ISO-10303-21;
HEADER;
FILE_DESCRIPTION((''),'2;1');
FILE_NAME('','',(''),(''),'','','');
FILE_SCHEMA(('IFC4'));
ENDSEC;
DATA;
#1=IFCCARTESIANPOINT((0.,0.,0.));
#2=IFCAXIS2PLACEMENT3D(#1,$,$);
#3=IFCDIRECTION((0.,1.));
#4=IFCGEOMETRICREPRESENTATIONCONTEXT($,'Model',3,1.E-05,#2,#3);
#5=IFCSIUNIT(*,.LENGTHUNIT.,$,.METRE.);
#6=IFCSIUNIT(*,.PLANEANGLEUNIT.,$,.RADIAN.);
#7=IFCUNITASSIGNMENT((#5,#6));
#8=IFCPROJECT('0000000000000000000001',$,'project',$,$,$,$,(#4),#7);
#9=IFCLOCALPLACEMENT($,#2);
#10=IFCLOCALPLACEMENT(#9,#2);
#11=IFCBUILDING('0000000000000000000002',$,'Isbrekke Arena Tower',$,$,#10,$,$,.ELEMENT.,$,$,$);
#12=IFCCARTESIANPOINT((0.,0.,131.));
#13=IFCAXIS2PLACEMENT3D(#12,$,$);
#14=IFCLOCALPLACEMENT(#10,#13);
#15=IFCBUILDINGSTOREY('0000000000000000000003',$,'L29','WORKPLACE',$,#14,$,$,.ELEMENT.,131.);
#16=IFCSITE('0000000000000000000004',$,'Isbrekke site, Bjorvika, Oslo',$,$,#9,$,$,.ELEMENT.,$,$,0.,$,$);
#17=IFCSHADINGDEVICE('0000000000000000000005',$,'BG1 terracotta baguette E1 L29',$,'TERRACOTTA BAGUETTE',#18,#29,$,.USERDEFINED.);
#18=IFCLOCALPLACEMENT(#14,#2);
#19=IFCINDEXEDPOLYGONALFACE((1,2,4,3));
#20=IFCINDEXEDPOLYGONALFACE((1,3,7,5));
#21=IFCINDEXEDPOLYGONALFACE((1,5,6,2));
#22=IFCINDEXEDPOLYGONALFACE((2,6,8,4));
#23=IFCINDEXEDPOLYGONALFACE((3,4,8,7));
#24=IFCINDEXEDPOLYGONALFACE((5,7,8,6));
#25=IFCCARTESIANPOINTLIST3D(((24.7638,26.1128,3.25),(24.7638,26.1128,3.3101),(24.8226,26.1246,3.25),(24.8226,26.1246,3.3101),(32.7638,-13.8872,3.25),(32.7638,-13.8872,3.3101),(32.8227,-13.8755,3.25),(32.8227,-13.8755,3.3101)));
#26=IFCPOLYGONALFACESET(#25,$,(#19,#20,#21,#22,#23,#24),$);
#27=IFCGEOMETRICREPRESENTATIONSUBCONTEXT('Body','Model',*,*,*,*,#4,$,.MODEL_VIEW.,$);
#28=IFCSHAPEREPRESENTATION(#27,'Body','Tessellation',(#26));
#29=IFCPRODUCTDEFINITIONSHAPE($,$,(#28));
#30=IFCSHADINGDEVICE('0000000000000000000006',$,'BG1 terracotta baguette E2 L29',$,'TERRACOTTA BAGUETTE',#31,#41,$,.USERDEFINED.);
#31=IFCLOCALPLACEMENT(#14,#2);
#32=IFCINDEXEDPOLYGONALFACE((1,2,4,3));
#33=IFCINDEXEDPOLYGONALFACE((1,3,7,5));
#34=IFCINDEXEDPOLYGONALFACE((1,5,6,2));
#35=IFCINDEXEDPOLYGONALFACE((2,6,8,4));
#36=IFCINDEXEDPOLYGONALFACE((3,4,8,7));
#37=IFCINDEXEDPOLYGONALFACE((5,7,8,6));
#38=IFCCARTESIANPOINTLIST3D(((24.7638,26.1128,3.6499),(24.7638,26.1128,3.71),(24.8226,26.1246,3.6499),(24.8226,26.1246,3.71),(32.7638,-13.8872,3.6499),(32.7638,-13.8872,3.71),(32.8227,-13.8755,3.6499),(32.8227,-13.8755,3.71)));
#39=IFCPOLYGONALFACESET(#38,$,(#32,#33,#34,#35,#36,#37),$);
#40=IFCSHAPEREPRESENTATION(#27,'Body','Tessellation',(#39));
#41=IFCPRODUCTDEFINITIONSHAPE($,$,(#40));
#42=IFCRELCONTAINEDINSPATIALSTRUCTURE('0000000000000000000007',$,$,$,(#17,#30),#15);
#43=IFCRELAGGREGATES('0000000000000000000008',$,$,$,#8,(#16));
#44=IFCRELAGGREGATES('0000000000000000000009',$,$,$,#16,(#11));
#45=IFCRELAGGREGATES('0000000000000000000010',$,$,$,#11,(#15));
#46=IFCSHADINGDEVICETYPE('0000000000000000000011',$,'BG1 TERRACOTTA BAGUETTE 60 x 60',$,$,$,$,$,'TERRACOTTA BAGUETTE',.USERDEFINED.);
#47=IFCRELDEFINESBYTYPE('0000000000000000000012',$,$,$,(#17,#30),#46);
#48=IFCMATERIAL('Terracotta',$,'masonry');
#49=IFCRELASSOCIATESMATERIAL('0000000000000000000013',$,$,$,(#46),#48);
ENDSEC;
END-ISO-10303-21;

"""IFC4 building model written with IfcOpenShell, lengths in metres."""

from ifc_helpers import new_model, si_unit, direction, frame, origin, origin_2d, place, context, subcontext, project, spatial, rectangle, extrude, material, material_profile, profile_set, type_object, element, save


model = new_model("IFC4")

# Units and contexts
model_context = context("Model", 3, precision=1e-05, world=origin(), true_north=direction((0.0, 1.0)))
body_context = subcontext(model_context, "Body", "Model", "MODEL_VIEW")
ifc_project = project(units=[si_unit("LENGTHUNIT", "METRE"), si_unit("PLANEANGLEUNIT", "RADIAN")], contexts=[model_context])

# Site, building, storey
site_placement = place(None, origin())
site = spatial("IfcSite", under=ifc_project, at=site_placement, Name="Isbrekke site, Bjorvika, Oslo", CompositionType="ELEMENT", RefElevation=0.0)
building_placement = place(site_placement, origin())
building = spatial("IfcBuilding", under=site, at=building_placement, Name="Isbrekke Arena Tower", CompositionType="ELEMENT")
storey_placement = place(building_placement, frame((0.0, 0.0, 131.0)))
storey = spatial("IfcBuildingStorey", under=building, at=storey_placement, Name="L29", Description="WORKPLACE", CompositionType="ELEMENT", Elevation=131.0)

# Shading devices
ifc_material_1 = material(Name="Terracotta", Category="masonry")
ifc_material_profile_1 = material_profile(ifc_material_1, rectangle(XDim=0.0601, YDim=0.0601, at=origin_2d()), Name="BAGUETTE 60X60")
ifc_profile_set_1 = profile_set([ifc_material_profile_1], Name="Terracotta")
shading_device_type = type_object("IfcShadingDeviceType", Name="BG1 TERRACOTTA BAGUETTE 60 x 60", ElementType="TERRACOTTA BAGUETTE", PredefinedType="USERDEFINED", material=ifc_profile_set_1)
for number, where, z_axis, x_axis, name in (
    (1, (32.7932, -13.8813, 3.28), (-0.196116, 0.980581, 0.0), (-0.980581, -0.196116, 0.0), "BG1 terracotta baguette E1 L29"),
    (2, (32.7932, -13.8813, 3.6799), (-0.196116, 0.980581, 0.0), (-0.980581, -0.196116, 0.0), "BG1 terracotta baguette E2 L29"),
):
    element("IfcShadingDevice", number, at=place(storey_placement, frame(where, z_axis=z_axis, x_axis=x_axis)), inside=storey, type_object=shading_device_type, Name=name, ObjectType="TERRACOTTA BAGUETTE", PredefinedType="USERDEFINED", context=body_context, shape_type="SweptSolid", body=[
        extrude(rectangle(XDim=0.0601, YDim=0.0601, at=origin_2d()), origin(), (0.0, 0.0, 1.0), 40.7922),
    ])

save(model, "model.ifc")
